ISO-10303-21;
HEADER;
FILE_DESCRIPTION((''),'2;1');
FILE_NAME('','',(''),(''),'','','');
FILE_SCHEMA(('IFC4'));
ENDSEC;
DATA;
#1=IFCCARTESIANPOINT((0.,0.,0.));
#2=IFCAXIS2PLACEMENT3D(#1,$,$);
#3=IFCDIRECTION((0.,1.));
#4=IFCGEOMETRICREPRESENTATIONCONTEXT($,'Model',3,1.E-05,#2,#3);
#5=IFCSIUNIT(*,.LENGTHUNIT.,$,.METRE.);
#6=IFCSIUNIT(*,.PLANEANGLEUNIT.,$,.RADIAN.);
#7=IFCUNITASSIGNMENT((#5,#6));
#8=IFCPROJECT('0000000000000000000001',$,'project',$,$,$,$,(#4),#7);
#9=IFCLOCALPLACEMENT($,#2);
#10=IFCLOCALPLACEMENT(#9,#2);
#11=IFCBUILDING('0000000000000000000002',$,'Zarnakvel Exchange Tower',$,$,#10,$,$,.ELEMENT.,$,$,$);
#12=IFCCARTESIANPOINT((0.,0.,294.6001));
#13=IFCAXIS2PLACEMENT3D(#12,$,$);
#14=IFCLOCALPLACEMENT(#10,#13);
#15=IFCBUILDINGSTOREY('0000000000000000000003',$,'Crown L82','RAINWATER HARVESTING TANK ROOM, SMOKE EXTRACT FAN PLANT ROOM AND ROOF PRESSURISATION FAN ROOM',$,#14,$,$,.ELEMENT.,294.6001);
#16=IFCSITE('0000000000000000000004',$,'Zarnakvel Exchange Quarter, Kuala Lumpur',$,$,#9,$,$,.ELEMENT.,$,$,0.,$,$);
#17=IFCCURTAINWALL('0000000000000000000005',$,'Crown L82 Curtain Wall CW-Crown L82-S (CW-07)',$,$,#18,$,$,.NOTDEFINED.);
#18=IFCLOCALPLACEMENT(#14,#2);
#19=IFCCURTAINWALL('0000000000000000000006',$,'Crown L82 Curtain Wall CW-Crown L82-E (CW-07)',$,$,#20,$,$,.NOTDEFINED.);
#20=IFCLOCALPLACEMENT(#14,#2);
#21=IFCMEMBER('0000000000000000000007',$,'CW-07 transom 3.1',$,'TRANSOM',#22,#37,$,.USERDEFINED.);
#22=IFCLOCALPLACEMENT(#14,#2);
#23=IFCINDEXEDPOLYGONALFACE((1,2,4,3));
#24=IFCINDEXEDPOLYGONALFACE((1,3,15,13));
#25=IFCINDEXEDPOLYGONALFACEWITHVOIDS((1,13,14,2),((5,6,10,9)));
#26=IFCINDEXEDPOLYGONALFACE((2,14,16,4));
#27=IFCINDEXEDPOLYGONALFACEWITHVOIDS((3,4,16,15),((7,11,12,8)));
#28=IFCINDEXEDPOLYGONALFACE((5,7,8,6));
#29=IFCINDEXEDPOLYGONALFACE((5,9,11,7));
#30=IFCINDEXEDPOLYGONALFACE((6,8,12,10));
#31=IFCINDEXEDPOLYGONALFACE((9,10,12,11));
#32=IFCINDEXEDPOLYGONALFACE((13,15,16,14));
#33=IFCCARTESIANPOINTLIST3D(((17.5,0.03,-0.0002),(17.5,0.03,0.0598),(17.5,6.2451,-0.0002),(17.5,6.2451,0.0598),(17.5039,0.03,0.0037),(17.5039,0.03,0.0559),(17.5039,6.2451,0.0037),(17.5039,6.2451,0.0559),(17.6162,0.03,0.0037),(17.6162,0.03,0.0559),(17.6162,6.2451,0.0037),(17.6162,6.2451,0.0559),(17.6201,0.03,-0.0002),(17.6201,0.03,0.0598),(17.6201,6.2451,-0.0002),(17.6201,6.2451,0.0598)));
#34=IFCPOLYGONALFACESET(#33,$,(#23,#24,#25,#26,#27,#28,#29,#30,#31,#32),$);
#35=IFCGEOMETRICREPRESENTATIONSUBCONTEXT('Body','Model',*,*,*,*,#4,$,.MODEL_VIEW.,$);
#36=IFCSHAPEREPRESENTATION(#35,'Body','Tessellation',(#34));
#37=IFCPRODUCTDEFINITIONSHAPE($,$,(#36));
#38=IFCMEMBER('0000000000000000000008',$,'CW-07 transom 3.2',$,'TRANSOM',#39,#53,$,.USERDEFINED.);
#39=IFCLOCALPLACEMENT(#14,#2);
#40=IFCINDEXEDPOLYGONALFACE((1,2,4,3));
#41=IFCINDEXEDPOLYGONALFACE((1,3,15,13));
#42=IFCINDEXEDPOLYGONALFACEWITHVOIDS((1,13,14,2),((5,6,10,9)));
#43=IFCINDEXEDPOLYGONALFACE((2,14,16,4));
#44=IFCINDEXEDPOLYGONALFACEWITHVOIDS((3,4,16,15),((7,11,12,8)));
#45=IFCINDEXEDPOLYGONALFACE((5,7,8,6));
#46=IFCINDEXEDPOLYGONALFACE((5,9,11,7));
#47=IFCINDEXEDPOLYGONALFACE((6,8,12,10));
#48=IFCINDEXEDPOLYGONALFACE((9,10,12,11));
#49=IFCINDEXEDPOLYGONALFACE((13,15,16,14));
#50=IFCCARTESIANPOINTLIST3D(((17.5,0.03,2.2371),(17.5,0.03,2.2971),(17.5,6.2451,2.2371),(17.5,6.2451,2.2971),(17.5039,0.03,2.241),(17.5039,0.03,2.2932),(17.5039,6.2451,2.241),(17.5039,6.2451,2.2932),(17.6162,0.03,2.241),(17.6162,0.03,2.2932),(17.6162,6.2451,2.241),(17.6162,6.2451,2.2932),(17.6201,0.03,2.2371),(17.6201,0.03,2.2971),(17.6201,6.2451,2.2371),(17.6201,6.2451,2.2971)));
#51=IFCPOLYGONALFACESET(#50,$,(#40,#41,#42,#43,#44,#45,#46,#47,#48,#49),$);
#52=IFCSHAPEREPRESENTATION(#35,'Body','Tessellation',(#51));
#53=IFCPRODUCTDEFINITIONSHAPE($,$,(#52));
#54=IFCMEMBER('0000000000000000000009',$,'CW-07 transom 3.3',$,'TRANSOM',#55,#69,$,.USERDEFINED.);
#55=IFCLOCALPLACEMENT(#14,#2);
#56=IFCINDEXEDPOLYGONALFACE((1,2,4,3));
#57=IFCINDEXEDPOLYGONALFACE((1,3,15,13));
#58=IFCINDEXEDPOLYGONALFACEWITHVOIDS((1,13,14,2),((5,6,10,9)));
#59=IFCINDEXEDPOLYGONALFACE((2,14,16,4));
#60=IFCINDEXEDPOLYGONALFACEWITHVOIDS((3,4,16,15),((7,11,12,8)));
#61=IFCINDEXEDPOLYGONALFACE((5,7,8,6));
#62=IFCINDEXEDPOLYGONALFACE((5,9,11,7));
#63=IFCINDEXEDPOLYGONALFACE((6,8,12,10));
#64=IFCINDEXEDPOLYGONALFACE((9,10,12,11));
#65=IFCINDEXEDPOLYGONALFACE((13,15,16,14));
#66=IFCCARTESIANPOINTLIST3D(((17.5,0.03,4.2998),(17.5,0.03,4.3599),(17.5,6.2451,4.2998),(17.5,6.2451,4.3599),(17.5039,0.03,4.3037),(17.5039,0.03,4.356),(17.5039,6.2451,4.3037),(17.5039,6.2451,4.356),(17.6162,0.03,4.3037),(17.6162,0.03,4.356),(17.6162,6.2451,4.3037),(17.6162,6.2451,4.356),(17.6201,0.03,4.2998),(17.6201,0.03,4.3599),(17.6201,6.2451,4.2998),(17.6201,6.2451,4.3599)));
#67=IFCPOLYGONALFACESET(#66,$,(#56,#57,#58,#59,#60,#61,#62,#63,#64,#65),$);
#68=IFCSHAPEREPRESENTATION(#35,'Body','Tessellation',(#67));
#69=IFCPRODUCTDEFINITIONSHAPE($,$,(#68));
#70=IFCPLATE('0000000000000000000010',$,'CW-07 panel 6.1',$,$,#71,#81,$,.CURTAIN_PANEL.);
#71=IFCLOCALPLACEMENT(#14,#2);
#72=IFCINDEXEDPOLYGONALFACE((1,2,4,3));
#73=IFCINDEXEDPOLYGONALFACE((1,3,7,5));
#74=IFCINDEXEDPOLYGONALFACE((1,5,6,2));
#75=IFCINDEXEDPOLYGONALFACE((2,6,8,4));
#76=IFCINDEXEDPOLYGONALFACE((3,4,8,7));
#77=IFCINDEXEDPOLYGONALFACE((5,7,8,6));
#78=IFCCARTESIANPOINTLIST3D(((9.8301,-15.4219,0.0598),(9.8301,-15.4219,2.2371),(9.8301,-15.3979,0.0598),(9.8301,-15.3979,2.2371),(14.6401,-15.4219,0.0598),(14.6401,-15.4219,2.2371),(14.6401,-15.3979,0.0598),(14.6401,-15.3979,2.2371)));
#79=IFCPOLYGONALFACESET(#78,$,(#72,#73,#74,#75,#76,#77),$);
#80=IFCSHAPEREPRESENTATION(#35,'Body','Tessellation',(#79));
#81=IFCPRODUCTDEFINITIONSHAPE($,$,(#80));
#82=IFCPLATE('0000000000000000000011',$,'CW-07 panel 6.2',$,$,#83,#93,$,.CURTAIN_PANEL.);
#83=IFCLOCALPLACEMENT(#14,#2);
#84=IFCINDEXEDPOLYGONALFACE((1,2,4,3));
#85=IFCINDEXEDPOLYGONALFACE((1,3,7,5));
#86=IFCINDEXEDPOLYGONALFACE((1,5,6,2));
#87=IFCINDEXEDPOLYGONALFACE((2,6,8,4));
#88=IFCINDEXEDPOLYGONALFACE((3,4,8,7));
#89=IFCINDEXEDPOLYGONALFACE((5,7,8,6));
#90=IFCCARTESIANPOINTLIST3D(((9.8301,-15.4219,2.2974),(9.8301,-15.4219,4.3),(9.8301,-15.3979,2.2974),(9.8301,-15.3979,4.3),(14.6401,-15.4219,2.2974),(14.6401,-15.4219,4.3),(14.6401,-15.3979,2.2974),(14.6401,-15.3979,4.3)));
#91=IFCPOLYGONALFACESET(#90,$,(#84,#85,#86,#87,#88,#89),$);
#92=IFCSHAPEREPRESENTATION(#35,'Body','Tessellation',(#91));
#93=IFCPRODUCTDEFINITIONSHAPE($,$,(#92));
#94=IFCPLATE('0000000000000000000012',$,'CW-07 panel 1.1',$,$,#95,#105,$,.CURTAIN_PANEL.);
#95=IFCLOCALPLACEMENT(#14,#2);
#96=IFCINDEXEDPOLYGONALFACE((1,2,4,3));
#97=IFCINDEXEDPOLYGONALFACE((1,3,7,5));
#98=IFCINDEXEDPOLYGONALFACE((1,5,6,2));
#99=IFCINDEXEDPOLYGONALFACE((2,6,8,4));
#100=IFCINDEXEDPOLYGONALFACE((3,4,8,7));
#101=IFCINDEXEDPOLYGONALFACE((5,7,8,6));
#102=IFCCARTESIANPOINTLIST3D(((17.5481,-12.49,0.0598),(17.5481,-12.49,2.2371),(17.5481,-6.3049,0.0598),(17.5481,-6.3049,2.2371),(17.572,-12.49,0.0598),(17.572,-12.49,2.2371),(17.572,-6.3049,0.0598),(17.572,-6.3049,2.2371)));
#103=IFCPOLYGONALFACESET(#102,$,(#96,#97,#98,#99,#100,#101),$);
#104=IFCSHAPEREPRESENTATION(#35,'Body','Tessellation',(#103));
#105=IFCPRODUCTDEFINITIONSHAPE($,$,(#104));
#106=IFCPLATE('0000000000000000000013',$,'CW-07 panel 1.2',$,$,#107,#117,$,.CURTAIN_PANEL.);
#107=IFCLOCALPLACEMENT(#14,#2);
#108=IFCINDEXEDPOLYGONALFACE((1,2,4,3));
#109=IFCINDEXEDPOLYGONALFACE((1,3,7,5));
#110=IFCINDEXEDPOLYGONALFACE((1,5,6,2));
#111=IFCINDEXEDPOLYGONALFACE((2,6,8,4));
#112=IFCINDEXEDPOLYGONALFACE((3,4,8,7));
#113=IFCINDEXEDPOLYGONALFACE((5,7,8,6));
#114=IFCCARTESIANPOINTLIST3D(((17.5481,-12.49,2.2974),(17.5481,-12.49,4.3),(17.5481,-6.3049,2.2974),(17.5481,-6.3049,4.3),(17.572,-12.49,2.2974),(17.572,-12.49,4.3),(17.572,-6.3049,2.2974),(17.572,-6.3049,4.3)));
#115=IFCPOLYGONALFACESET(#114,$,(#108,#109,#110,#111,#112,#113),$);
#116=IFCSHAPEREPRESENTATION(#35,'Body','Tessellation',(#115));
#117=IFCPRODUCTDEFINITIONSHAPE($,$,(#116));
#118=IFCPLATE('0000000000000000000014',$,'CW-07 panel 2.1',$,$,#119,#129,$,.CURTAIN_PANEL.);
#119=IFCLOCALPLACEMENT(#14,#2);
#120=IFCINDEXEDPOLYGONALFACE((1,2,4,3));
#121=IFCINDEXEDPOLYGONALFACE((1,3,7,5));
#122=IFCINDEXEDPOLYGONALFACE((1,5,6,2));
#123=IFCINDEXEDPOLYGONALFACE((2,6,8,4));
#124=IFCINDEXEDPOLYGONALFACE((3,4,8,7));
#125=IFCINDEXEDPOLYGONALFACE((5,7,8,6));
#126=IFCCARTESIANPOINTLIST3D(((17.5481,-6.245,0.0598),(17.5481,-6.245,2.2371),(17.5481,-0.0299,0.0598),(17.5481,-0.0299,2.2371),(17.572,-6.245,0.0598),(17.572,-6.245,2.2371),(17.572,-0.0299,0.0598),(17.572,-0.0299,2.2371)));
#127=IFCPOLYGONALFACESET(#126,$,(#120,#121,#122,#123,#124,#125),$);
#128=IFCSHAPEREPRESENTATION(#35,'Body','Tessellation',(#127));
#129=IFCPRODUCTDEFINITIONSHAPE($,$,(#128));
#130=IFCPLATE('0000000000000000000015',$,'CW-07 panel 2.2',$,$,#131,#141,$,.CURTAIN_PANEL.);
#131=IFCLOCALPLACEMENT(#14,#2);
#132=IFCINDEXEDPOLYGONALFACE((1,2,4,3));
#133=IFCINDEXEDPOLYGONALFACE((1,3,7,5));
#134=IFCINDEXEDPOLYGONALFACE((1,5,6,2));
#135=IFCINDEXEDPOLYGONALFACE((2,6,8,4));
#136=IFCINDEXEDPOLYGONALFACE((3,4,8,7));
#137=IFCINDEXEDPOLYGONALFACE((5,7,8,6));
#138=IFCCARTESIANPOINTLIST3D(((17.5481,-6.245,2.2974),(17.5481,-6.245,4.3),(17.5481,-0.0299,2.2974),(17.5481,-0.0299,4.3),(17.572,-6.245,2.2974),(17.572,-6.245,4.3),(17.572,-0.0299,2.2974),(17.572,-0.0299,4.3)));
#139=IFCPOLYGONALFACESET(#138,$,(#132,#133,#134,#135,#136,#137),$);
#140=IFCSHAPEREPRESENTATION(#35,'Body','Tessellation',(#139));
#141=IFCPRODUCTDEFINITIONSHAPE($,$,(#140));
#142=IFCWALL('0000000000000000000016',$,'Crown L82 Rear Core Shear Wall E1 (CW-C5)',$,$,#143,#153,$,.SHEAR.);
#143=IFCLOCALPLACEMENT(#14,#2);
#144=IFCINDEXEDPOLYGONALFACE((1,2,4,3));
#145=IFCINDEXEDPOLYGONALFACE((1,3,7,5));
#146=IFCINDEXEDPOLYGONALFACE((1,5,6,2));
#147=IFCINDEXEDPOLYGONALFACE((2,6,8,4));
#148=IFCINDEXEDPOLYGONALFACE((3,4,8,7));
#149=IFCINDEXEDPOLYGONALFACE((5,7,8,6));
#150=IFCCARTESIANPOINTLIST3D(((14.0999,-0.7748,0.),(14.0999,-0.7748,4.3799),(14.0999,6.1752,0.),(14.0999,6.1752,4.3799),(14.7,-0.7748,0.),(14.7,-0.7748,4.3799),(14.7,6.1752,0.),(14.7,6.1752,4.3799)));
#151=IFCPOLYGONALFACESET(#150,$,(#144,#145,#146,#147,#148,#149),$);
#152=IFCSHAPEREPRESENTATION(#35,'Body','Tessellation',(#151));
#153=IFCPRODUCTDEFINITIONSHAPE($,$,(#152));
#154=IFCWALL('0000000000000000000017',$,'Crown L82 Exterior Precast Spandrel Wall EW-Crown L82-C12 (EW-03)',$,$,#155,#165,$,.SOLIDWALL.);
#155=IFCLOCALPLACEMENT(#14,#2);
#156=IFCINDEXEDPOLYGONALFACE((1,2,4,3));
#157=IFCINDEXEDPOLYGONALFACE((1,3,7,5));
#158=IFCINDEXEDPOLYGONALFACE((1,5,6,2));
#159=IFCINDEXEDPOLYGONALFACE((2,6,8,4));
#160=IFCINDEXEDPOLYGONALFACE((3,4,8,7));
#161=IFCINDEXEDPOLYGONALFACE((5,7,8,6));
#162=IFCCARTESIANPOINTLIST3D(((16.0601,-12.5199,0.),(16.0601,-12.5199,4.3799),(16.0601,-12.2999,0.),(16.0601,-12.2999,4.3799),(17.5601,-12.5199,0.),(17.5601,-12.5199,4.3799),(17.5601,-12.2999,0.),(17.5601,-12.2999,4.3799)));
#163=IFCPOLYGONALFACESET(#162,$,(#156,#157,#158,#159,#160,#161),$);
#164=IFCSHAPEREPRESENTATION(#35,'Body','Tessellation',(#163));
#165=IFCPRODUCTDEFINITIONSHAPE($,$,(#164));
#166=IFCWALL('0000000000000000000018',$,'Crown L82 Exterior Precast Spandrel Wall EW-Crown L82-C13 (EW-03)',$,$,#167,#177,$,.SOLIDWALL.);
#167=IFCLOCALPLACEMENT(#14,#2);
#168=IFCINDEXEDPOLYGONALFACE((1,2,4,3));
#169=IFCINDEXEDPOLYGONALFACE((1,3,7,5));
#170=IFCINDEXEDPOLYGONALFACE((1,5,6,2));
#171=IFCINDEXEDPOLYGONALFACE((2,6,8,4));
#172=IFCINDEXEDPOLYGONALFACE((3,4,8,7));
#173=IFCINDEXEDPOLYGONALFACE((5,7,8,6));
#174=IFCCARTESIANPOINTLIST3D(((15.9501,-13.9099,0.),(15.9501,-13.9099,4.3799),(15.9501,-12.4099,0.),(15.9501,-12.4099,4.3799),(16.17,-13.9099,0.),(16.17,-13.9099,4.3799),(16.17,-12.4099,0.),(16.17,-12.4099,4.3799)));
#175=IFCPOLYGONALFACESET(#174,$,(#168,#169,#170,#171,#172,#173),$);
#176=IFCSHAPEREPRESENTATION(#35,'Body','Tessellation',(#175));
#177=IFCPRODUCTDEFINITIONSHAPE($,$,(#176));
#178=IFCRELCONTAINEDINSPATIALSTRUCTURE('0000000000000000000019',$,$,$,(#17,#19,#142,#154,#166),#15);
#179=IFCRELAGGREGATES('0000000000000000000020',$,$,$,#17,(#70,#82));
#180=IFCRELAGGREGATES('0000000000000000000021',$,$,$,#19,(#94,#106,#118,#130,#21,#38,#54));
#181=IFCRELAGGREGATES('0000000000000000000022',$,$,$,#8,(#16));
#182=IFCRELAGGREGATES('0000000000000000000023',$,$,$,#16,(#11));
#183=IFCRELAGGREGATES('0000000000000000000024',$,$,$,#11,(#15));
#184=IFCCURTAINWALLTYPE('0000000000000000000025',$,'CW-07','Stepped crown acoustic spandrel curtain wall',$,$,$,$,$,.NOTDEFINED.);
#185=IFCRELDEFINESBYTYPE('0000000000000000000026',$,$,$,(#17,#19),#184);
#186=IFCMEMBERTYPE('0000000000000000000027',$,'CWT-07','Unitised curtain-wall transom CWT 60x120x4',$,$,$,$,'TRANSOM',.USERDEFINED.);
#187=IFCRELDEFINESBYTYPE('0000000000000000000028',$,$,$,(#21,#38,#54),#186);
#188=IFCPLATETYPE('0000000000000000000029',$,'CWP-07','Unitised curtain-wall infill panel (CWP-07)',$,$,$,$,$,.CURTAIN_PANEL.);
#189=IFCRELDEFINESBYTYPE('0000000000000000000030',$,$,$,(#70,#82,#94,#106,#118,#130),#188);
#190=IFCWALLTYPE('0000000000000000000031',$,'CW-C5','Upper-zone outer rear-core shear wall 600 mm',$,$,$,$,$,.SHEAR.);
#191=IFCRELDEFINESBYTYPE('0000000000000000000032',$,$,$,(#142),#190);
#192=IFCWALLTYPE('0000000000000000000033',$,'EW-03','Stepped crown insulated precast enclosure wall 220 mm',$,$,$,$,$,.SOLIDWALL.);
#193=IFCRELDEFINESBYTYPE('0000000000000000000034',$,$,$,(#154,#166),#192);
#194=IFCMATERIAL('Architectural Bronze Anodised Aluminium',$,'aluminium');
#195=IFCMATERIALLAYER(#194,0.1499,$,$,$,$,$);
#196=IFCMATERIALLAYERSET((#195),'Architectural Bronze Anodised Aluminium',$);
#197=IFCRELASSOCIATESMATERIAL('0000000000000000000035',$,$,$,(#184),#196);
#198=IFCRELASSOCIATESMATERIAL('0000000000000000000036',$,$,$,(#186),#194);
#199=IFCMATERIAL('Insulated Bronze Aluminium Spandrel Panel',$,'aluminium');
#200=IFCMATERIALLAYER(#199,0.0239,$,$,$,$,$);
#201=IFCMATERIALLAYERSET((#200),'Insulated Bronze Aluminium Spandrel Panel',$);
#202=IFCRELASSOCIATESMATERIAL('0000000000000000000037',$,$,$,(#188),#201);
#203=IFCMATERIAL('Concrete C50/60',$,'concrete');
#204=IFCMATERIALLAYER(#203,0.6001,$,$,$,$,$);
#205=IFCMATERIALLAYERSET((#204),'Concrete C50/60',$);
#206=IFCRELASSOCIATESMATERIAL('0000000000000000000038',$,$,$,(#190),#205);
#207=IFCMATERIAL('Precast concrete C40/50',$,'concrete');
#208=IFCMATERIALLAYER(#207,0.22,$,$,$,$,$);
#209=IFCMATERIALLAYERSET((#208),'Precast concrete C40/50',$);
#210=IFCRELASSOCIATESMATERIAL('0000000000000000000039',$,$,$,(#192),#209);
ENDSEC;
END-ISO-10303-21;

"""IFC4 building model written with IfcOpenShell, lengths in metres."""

from ifc_helpers import new_model, si_unit, direction, frame, frame_2d, origin, origin_2d, place, context, subcontext, project, spatial, rectangle, hollow_rectangle, extrude, source, transform, mapped, material, layer, layer_set, material_profile, profile_set, type_object, element, aggregate, save


model = new_model("IFC4")

# Units and contexts
model_context = context("Model", 3, precision=1e-05, world=origin(), true_north=direction((0.0, 1.0)))
body_context = subcontext(model_context, "Body", "Model", "MODEL_VIEW")
ifc_project = project(units=[si_unit("LENGTHUNIT", "METRE"), si_unit("PLANEANGLEUNIT", "RADIAN")], contexts=[model_context])

# Site, building, storey
site_placement = place(None, origin())
site = spatial("IfcSite", under=ifc_project, at=site_placement, Name="Zarnakvel Exchange Quarter, Kuala Lumpur", CompositionType="ELEMENT", RefElevation=0.0)
building_placement = place(site_placement, origin())
building = spatial("IfcBuilding", under=site, at=building_placement, Name="Zarnakvel Exchange Tower", CompositionType="ELEMENT")
storey_placement = place(building_placement, frame((0.0, 0.0, 294.6001)))
storey = spatial("IfcBuildingStorey", under=building, at=storey_placement, Name="Crown L82", Description="RAINWATER HARVESTING TANK ROOM, SMOKE EXTRACT FAN PLANT ROOM AND ROOF PRESSURISATION FAN ROOM", CompositionType="ELEMENT", Elevation=294.6001)

# Shared definitions
ifc_material_1 = material(Name="Concrete C50/60", Category="concrete")

# Curtain wall
ifc_material_2 = material(Name="Architectural Bronze Anodised Aluminium", Category="aluminium")
ifc_layer_1 = layer(ifc_material_2, 0.1499)
ifc_layer_set_1 = layer_set([ifc_layer_1], Name="Architectural Bronze Anodised Aluminium")
curtain_wall_type = type_object("IfcCurtainWallType", Name="CW-07", Description="Stepped crown acoustic spandrel curtain wall", PredefinedType="NOTDEFINED", material=ifc_layer_set_1)
curtain_wall_1_placement = place(storey_placement, origin())
curtain_wall_1 = element("IfcCurtainWall", 1, at=curtain_wall_1_placement, inside=storey, type_object=curtain_wall_type, Name="Crown L82 Curtain Wall CW-Crown L82-S (CW-07)", PredefinedType="NOTDEFINED")

# Curtain wall, members
curtain_wall_2_placement = place(storey_placement, origin())
curtain_wall_2 = element("IfcCurtainWall", 2, at=curtain_wall_2_placement, inside=storey, type_object=curtain_wall_type, Name="Crown L82 Curtain Wall CW-Crown L82-E (CW-07)", PredefinedType="NOTDEFINED")
ifc_material_profile_1 = material_profile(ifc_material_2, hollow_rectangle(XDim=0.1201, YDim=0.0601, WallThickness=0.0039, at=origin_2d()))
ifc_profile_set_1 = profile_set([ifc_material_profile_1], Name="Architectural Bronze Anodised Aluminium")
member_type_1 = type_object("IfcMemberType", Name="CWT-07", Description="Unitised curtain-wall transom CWT 60x120x4", ElementType="TRANSOM", PredefinedType="USERDEFINED", material=ifc_profile_set_1)
shared_shape_1 = source(origin(), body_context, "Body", "SweptSolid", [
    extrude(hollow_rectangle(XDim=0.1201, YDim=0.0601, WallThickness=0.0039, at=origin_2d()), origin(), (0.0, 0.0, 1.0), 6.2151),
])
member_1_placement = place(storey_placement, frame((17.5601, 0.03, 0.0298), z_axis=(0.0, 1.0, 0.0), x_axis=(-1.0, 0.0, 0.0)))
member_1 = element("IfcMember", 3, at=member_1_placement, type_object=member_type_1, Name="CW-07 transom 3.1", ObjectType="TRANSOM", PredefinedType="USERDEFINED", context=body_context, shape_type="MappedRepresentation", body=[
    mapped(shared_shape_1, transform((0.0, 0.0, 0.0), x_axis=(1.0, 0.0, 0.0), y_axis=(0.0, 1.0, 0.0), z_axis=(0.0, 0.0, 1.0), scale=1.0)),
])
member_2_placement = place(storey_placement, frame((17.5601, 0.03, 2.2671), z_axis=(0.0, 1.0, 0.0), x_axis=(-1.0, 0.0, 0.0)))
member_2 = element("IfcMember", 4, at=member_2_placement, type_object=member_type_1, Name="CW-07 transom 3.2", ObjectType="TRANSOM", PredefinedType="USERDEFINED", context=body_context, shape_type="MappedRepresentation", body=[
    mapped(shared_shape_1, transform((0.0, 0.0, 0.0), x_axis=(1.0, 0.0, 0.0), y_axis=(0.0, 1.0, 0.0), z_axis=(0.0, 0.0, 1.0), scale=1.0)),
])
member_3_placement = place(storey_placement, frame((17.5601, 0.03, 4.3298), z_axis=(0.0, 1.0, 0.0), x_axis=(-1.0, 0.0, 0.0)))
member_3 = element("IfcMember", 5, at=member_3_placement, type_object=member_type_1, Name="CW-07 transom 3.3", ObjectType="TRANSOM", PredefinedType="USERDEFINED", context=body_context, shape_type="MappedRepresentation", body=[
    mapped(shared_shape_1, transform((0.0, 0.0, 0.0), x_axis=(1.0, 0.0, 0.0), y_axis=(0.0, 1.0, 0.0), z_axis=(0.0, 0.0, 1.0), scale=1.0)),
])

# Plates
ifc_material_3 = material(Name="Insulated Bronze Aluminium Spandrel Panel", Category="aluminium")
ifc_layer_2 = layer(ifc_material_3, 0.0239)
ifc_layer_set_2 = layer_set([ifc_layer_2], Name="Insulated Bronze Aluminium Spandrel Panel")
plate_type = type_object("IfcPlateType", Name="CWP-07", Description="Unitised curtain-wall infill panel (CWP-07)", PredefinedType="CURTAIN_PANEL", material=ifc_layer_set_2)
shared_shape_2 = source(origin(), body_context, "Body", "SweptSolid", [
    extrude(rectangle(XDim=4.8101, YDim=0.0239, at=origin_2d()), origin(), (0.0, 0.0, 1.0), 2.1772),
])
plate_1_placement = place(storey_placement, frame((12.2351, -15.4099, 0.0598), z_axis=(0.0, 0.0, 1.0), x_axis=(1.0, 0.0, 0.0)))
plate_1 = element("IfcPlate", 6, at=plate_1_placement, type_object=plate_type, Name="CW-07 panel 6.1", PredefinedType="CURTAIN_PANEL", context=body_context, shape_type="MappedRepresentation", body=[
    mapped(shared_shape_2, transform((0.0, 0.0, 0.0), x_axis=(1.0, 0.0, 0.0), y_axis=(0.0, 1.0, 0.0), z_axis=(0.0, 0.0, 1.0), scale=1.0)),
])
shared_shape_3 = source(origin(), body_context, "Body", "SweptSolid", [
    extrude(rectangle(XDim=4.8101, YDim=0.0239, at=origin_2d()), origin(), (0.0, 0.0, 1.0), 2.0027),
])
plate_2_placement = place(storey_placement, frame((12.2351, -15.4099, 2.2974), z_axis=(0.0, 0.0, 1.0), x_axis=(1.0, 0.0, 0.0)))
plate_2 = element("IfcPlate", 7, at=plate_2_placement, type_object=plate_type, Name="CW-07 panel 6.2", PredefinedType="CURTAIN_PANEL", context=body_context, shape_type="MappedRepresentation", body=[
    mapped(shared_shape_3, transform((0.0, 0.0, 0.0), x_axis=(1.0, 0.0, 0.0), y_axis=(0.0, 1.0, 0.0), z_axis=(0.0, 0.0, 1.0), scale=1.0)),
])
aggregate(curtain_wall_1, [plate_1, plate_2])
shared_shape_4 = source(origin(), body_context, "Body", "SweptSolid", [
    extrude(rectangle(XDim=6.1851, YDim=0.0239, at=origin_2d()), origin(), (0.0, 0.0, 1.0), 2.1772),
])
plate_3_placement = place(storey_placement, frame((17.5601, -9.3975, 0.0598), z_axis=(0.0, 0.0, 1.0), x_axis=(0.0, 1.0, 0.0)))
plate_3 = element("IfcPlate", 8, at=plate_3_placement, type_object=plate_type, Name="CW-07 panel 1.1", PredefinedType="CURTAIN_PANEL", context=body_context, shape_type="MappedRepresentation", body=[
    mapped(shared_shape_4, transform((0.0, 0.0, 0.0), x_axis=(1.0, 0.0, 0.0), y_axis=(0.0, 1.0, 0.0), z_axis=(0.0, 0.0, 1.0), scale=1.0)),
])
shared_shape_5 = source(origin(), body_context, "Body", "SweptSolid", [
    extrude(rectangle(XDim=6.1851, YDim=0.0239, at=origin_2d()), origin(), (0.0, 0.0, 1.0), 2.0027),
])
plate_4_placement = place(storey_placement, frame((17.5601, -9.3975, 2.2974), z_axis=(0.0, 0.0, 1.0), x_axis=(0.0, 1.0, 0.0)))
plate_4 = element("IfcPlate", 9, at=plate_4_placement, type_object=plate_type, Name="CW-07 panel 1.2", PredefinedType="CURTAIN_PANEL", context=body_context, shape_type="MappedRepresentation", body=[
    mapped(shared_shape_5, transform((0.0, 0.0, 0.0), x_axis=(1.0, 0.0, 0.0), y_axis=(0.0, 1.0, 0.0), z_axis=(0.0, 0.0, 1.0), scale=1.0)),
])
shared_shape_6 = source(origin(), body_context, "Body", "SweptSolid", [
    extrude(rectangle(XDim=6.2151, YDim=0.0239, at=origin_2d()), origin(), (0.0, 0.0, 1.0), 2.1772),
])
plate_5_placement = place(storey_placement, frame((17.5601, -3.1375, 0.0598), z_axis=(0.0, 0.0, 1.0), x_axis=(0.0, 1.0, 0.0)))
plate_5 = element("IfcPlate", 10, at=plate_5_placement, type_object=plate_type, Name="CW-07 panel 2.1", PredefinedType="CURTAIN_PANEL", context=body_context, shape_type="MappedRepresentation", body=[
    mapped(shared_shape_6, transform((0.0, 0.0, 0.0), x_axis=(1.0, 0.0, 0.0), y_axis=(0.0, 1.0, 0.0), z_axis=(0.0, 0.0, 1.0), scale=1.0)),
])
shared_shape_7 = source(origin(), body_context, "Body", "SweptSolid", [
    extrude(rectangle(XDim=6.2151, YDim=0.0239, at=origin_2d()), origin(), (0.0, 0.0, 1.0), 2.0027),
])
plate_6_placement = place(storey_placement, frame((17.5601, -3.1375, 2.2974), z_axis=(0.0, 0.0, 1.0), x_axis=(0.0, 1.0, 0.0)))
plate_6 = element("IfcPlate", 11, at=plate_6_placement, type_object=plate_type, Name="CW-07 panel 2.2", PredefinedType="CURTAIN_PANEL", context=body_context, shape_type="MappedRepresentation", body=[
    mapped(shared_shape_7, transform((0.0, 0.0, 0.0), x_axis=(1.0, 0.0, 0.0), y_axis=(0.0, 1.0, 0.0), z_axis=(0.0, 0.0, 1.0), scale=1.0)),
])
aggregate(curtain_wall_2, [plate_3, plate_4, plate_5, plate_6, member_1, member_2, member_3])

# Wall
ifc_layer_3 = layer(ifc_material_1, 0.6001)
ifc_layer_set_3 = layer_set([ifc_layer_3], Name="Concrete C50/60")
wall_type_1 = type_object("IfcWallType", Name="CW-C5", Description="Upper-zone outer rear-core shear wall 600 mm", PredefinedType="SHEAR", material=ifc_layer_set_3)
wall_1_placement = place(storey_placement, frame((14.3999, -0.7749, 0.0), z_axis=(0.0, 0.0, 1.0), x_axis=(0.0, 1.0, 0.0)))
element("IfcWall", 12, at=wall_1_placement, inside=storey, type_object=wall_type_1, Name="Crown L82 Rear Core Shear Wall E1 (CW-C5)", PredefinedType="SHEAR", context=body_context, shape_type="SweptSolid", body=[
    extrude(rectangle(XDim=6.95, YDim=0.6001, at=frame_2d((3.4751, 0.0))), origin(), (0.0, 0.0, 1.0), 4.3799),
])

# Walls
ifc_material_4 = material(Name="Precast concrete C40/50", Category="concrete")
ifc_layer_4 = layer(ifc_material_4, 0.22)
ifc_layer_set_4 = layer_set([ifc_layer_4], Name="Precast concrete C40/50")
wall_type_2 = type_object("IfcWallType", Name="EW-03", Description="Stepped crown insulated precast enclosure wall 220 mm", PredefinedType="SOLIDWALL", material=ifc_layer_set_4)
for number, where, z_axis, x_axis, name in (
    (13, (16.0601, -12.4099, 0.0), (0.0, 0.0, 1.0), (1.0, 0.0, 0.0), "Crown L82 Exterior Precast Spandrel Wall EW-Crown L82-C12 (EW-03)"),
    (14, (16.0601, -13.9099, 0.0), (0.0, 0.0, 1.0), (0.0, 1.0, 0.0), "Crown L82 Exterior Precast Spandrel Wall EW-Crown L82-C13 (EW-03)"),
):
    element("IfcWall", number, at=place(storey_placement, frame(where, z_axis=z_axis, x_axis=x_axis)), inside=storey, type_object=wall_type_2, Name=name, PredefinedType="SOLIDWALL", context=body_context, shape_type="SweptSolid", body=[
        extrude(rectangle(XDim=1.5, YDim=0.22, at=frame_2d((0.75, 0.0))), origin(), (0.0, 0.0, 1.0), 4.3799),
    ])

save(model, "model.ifc")
